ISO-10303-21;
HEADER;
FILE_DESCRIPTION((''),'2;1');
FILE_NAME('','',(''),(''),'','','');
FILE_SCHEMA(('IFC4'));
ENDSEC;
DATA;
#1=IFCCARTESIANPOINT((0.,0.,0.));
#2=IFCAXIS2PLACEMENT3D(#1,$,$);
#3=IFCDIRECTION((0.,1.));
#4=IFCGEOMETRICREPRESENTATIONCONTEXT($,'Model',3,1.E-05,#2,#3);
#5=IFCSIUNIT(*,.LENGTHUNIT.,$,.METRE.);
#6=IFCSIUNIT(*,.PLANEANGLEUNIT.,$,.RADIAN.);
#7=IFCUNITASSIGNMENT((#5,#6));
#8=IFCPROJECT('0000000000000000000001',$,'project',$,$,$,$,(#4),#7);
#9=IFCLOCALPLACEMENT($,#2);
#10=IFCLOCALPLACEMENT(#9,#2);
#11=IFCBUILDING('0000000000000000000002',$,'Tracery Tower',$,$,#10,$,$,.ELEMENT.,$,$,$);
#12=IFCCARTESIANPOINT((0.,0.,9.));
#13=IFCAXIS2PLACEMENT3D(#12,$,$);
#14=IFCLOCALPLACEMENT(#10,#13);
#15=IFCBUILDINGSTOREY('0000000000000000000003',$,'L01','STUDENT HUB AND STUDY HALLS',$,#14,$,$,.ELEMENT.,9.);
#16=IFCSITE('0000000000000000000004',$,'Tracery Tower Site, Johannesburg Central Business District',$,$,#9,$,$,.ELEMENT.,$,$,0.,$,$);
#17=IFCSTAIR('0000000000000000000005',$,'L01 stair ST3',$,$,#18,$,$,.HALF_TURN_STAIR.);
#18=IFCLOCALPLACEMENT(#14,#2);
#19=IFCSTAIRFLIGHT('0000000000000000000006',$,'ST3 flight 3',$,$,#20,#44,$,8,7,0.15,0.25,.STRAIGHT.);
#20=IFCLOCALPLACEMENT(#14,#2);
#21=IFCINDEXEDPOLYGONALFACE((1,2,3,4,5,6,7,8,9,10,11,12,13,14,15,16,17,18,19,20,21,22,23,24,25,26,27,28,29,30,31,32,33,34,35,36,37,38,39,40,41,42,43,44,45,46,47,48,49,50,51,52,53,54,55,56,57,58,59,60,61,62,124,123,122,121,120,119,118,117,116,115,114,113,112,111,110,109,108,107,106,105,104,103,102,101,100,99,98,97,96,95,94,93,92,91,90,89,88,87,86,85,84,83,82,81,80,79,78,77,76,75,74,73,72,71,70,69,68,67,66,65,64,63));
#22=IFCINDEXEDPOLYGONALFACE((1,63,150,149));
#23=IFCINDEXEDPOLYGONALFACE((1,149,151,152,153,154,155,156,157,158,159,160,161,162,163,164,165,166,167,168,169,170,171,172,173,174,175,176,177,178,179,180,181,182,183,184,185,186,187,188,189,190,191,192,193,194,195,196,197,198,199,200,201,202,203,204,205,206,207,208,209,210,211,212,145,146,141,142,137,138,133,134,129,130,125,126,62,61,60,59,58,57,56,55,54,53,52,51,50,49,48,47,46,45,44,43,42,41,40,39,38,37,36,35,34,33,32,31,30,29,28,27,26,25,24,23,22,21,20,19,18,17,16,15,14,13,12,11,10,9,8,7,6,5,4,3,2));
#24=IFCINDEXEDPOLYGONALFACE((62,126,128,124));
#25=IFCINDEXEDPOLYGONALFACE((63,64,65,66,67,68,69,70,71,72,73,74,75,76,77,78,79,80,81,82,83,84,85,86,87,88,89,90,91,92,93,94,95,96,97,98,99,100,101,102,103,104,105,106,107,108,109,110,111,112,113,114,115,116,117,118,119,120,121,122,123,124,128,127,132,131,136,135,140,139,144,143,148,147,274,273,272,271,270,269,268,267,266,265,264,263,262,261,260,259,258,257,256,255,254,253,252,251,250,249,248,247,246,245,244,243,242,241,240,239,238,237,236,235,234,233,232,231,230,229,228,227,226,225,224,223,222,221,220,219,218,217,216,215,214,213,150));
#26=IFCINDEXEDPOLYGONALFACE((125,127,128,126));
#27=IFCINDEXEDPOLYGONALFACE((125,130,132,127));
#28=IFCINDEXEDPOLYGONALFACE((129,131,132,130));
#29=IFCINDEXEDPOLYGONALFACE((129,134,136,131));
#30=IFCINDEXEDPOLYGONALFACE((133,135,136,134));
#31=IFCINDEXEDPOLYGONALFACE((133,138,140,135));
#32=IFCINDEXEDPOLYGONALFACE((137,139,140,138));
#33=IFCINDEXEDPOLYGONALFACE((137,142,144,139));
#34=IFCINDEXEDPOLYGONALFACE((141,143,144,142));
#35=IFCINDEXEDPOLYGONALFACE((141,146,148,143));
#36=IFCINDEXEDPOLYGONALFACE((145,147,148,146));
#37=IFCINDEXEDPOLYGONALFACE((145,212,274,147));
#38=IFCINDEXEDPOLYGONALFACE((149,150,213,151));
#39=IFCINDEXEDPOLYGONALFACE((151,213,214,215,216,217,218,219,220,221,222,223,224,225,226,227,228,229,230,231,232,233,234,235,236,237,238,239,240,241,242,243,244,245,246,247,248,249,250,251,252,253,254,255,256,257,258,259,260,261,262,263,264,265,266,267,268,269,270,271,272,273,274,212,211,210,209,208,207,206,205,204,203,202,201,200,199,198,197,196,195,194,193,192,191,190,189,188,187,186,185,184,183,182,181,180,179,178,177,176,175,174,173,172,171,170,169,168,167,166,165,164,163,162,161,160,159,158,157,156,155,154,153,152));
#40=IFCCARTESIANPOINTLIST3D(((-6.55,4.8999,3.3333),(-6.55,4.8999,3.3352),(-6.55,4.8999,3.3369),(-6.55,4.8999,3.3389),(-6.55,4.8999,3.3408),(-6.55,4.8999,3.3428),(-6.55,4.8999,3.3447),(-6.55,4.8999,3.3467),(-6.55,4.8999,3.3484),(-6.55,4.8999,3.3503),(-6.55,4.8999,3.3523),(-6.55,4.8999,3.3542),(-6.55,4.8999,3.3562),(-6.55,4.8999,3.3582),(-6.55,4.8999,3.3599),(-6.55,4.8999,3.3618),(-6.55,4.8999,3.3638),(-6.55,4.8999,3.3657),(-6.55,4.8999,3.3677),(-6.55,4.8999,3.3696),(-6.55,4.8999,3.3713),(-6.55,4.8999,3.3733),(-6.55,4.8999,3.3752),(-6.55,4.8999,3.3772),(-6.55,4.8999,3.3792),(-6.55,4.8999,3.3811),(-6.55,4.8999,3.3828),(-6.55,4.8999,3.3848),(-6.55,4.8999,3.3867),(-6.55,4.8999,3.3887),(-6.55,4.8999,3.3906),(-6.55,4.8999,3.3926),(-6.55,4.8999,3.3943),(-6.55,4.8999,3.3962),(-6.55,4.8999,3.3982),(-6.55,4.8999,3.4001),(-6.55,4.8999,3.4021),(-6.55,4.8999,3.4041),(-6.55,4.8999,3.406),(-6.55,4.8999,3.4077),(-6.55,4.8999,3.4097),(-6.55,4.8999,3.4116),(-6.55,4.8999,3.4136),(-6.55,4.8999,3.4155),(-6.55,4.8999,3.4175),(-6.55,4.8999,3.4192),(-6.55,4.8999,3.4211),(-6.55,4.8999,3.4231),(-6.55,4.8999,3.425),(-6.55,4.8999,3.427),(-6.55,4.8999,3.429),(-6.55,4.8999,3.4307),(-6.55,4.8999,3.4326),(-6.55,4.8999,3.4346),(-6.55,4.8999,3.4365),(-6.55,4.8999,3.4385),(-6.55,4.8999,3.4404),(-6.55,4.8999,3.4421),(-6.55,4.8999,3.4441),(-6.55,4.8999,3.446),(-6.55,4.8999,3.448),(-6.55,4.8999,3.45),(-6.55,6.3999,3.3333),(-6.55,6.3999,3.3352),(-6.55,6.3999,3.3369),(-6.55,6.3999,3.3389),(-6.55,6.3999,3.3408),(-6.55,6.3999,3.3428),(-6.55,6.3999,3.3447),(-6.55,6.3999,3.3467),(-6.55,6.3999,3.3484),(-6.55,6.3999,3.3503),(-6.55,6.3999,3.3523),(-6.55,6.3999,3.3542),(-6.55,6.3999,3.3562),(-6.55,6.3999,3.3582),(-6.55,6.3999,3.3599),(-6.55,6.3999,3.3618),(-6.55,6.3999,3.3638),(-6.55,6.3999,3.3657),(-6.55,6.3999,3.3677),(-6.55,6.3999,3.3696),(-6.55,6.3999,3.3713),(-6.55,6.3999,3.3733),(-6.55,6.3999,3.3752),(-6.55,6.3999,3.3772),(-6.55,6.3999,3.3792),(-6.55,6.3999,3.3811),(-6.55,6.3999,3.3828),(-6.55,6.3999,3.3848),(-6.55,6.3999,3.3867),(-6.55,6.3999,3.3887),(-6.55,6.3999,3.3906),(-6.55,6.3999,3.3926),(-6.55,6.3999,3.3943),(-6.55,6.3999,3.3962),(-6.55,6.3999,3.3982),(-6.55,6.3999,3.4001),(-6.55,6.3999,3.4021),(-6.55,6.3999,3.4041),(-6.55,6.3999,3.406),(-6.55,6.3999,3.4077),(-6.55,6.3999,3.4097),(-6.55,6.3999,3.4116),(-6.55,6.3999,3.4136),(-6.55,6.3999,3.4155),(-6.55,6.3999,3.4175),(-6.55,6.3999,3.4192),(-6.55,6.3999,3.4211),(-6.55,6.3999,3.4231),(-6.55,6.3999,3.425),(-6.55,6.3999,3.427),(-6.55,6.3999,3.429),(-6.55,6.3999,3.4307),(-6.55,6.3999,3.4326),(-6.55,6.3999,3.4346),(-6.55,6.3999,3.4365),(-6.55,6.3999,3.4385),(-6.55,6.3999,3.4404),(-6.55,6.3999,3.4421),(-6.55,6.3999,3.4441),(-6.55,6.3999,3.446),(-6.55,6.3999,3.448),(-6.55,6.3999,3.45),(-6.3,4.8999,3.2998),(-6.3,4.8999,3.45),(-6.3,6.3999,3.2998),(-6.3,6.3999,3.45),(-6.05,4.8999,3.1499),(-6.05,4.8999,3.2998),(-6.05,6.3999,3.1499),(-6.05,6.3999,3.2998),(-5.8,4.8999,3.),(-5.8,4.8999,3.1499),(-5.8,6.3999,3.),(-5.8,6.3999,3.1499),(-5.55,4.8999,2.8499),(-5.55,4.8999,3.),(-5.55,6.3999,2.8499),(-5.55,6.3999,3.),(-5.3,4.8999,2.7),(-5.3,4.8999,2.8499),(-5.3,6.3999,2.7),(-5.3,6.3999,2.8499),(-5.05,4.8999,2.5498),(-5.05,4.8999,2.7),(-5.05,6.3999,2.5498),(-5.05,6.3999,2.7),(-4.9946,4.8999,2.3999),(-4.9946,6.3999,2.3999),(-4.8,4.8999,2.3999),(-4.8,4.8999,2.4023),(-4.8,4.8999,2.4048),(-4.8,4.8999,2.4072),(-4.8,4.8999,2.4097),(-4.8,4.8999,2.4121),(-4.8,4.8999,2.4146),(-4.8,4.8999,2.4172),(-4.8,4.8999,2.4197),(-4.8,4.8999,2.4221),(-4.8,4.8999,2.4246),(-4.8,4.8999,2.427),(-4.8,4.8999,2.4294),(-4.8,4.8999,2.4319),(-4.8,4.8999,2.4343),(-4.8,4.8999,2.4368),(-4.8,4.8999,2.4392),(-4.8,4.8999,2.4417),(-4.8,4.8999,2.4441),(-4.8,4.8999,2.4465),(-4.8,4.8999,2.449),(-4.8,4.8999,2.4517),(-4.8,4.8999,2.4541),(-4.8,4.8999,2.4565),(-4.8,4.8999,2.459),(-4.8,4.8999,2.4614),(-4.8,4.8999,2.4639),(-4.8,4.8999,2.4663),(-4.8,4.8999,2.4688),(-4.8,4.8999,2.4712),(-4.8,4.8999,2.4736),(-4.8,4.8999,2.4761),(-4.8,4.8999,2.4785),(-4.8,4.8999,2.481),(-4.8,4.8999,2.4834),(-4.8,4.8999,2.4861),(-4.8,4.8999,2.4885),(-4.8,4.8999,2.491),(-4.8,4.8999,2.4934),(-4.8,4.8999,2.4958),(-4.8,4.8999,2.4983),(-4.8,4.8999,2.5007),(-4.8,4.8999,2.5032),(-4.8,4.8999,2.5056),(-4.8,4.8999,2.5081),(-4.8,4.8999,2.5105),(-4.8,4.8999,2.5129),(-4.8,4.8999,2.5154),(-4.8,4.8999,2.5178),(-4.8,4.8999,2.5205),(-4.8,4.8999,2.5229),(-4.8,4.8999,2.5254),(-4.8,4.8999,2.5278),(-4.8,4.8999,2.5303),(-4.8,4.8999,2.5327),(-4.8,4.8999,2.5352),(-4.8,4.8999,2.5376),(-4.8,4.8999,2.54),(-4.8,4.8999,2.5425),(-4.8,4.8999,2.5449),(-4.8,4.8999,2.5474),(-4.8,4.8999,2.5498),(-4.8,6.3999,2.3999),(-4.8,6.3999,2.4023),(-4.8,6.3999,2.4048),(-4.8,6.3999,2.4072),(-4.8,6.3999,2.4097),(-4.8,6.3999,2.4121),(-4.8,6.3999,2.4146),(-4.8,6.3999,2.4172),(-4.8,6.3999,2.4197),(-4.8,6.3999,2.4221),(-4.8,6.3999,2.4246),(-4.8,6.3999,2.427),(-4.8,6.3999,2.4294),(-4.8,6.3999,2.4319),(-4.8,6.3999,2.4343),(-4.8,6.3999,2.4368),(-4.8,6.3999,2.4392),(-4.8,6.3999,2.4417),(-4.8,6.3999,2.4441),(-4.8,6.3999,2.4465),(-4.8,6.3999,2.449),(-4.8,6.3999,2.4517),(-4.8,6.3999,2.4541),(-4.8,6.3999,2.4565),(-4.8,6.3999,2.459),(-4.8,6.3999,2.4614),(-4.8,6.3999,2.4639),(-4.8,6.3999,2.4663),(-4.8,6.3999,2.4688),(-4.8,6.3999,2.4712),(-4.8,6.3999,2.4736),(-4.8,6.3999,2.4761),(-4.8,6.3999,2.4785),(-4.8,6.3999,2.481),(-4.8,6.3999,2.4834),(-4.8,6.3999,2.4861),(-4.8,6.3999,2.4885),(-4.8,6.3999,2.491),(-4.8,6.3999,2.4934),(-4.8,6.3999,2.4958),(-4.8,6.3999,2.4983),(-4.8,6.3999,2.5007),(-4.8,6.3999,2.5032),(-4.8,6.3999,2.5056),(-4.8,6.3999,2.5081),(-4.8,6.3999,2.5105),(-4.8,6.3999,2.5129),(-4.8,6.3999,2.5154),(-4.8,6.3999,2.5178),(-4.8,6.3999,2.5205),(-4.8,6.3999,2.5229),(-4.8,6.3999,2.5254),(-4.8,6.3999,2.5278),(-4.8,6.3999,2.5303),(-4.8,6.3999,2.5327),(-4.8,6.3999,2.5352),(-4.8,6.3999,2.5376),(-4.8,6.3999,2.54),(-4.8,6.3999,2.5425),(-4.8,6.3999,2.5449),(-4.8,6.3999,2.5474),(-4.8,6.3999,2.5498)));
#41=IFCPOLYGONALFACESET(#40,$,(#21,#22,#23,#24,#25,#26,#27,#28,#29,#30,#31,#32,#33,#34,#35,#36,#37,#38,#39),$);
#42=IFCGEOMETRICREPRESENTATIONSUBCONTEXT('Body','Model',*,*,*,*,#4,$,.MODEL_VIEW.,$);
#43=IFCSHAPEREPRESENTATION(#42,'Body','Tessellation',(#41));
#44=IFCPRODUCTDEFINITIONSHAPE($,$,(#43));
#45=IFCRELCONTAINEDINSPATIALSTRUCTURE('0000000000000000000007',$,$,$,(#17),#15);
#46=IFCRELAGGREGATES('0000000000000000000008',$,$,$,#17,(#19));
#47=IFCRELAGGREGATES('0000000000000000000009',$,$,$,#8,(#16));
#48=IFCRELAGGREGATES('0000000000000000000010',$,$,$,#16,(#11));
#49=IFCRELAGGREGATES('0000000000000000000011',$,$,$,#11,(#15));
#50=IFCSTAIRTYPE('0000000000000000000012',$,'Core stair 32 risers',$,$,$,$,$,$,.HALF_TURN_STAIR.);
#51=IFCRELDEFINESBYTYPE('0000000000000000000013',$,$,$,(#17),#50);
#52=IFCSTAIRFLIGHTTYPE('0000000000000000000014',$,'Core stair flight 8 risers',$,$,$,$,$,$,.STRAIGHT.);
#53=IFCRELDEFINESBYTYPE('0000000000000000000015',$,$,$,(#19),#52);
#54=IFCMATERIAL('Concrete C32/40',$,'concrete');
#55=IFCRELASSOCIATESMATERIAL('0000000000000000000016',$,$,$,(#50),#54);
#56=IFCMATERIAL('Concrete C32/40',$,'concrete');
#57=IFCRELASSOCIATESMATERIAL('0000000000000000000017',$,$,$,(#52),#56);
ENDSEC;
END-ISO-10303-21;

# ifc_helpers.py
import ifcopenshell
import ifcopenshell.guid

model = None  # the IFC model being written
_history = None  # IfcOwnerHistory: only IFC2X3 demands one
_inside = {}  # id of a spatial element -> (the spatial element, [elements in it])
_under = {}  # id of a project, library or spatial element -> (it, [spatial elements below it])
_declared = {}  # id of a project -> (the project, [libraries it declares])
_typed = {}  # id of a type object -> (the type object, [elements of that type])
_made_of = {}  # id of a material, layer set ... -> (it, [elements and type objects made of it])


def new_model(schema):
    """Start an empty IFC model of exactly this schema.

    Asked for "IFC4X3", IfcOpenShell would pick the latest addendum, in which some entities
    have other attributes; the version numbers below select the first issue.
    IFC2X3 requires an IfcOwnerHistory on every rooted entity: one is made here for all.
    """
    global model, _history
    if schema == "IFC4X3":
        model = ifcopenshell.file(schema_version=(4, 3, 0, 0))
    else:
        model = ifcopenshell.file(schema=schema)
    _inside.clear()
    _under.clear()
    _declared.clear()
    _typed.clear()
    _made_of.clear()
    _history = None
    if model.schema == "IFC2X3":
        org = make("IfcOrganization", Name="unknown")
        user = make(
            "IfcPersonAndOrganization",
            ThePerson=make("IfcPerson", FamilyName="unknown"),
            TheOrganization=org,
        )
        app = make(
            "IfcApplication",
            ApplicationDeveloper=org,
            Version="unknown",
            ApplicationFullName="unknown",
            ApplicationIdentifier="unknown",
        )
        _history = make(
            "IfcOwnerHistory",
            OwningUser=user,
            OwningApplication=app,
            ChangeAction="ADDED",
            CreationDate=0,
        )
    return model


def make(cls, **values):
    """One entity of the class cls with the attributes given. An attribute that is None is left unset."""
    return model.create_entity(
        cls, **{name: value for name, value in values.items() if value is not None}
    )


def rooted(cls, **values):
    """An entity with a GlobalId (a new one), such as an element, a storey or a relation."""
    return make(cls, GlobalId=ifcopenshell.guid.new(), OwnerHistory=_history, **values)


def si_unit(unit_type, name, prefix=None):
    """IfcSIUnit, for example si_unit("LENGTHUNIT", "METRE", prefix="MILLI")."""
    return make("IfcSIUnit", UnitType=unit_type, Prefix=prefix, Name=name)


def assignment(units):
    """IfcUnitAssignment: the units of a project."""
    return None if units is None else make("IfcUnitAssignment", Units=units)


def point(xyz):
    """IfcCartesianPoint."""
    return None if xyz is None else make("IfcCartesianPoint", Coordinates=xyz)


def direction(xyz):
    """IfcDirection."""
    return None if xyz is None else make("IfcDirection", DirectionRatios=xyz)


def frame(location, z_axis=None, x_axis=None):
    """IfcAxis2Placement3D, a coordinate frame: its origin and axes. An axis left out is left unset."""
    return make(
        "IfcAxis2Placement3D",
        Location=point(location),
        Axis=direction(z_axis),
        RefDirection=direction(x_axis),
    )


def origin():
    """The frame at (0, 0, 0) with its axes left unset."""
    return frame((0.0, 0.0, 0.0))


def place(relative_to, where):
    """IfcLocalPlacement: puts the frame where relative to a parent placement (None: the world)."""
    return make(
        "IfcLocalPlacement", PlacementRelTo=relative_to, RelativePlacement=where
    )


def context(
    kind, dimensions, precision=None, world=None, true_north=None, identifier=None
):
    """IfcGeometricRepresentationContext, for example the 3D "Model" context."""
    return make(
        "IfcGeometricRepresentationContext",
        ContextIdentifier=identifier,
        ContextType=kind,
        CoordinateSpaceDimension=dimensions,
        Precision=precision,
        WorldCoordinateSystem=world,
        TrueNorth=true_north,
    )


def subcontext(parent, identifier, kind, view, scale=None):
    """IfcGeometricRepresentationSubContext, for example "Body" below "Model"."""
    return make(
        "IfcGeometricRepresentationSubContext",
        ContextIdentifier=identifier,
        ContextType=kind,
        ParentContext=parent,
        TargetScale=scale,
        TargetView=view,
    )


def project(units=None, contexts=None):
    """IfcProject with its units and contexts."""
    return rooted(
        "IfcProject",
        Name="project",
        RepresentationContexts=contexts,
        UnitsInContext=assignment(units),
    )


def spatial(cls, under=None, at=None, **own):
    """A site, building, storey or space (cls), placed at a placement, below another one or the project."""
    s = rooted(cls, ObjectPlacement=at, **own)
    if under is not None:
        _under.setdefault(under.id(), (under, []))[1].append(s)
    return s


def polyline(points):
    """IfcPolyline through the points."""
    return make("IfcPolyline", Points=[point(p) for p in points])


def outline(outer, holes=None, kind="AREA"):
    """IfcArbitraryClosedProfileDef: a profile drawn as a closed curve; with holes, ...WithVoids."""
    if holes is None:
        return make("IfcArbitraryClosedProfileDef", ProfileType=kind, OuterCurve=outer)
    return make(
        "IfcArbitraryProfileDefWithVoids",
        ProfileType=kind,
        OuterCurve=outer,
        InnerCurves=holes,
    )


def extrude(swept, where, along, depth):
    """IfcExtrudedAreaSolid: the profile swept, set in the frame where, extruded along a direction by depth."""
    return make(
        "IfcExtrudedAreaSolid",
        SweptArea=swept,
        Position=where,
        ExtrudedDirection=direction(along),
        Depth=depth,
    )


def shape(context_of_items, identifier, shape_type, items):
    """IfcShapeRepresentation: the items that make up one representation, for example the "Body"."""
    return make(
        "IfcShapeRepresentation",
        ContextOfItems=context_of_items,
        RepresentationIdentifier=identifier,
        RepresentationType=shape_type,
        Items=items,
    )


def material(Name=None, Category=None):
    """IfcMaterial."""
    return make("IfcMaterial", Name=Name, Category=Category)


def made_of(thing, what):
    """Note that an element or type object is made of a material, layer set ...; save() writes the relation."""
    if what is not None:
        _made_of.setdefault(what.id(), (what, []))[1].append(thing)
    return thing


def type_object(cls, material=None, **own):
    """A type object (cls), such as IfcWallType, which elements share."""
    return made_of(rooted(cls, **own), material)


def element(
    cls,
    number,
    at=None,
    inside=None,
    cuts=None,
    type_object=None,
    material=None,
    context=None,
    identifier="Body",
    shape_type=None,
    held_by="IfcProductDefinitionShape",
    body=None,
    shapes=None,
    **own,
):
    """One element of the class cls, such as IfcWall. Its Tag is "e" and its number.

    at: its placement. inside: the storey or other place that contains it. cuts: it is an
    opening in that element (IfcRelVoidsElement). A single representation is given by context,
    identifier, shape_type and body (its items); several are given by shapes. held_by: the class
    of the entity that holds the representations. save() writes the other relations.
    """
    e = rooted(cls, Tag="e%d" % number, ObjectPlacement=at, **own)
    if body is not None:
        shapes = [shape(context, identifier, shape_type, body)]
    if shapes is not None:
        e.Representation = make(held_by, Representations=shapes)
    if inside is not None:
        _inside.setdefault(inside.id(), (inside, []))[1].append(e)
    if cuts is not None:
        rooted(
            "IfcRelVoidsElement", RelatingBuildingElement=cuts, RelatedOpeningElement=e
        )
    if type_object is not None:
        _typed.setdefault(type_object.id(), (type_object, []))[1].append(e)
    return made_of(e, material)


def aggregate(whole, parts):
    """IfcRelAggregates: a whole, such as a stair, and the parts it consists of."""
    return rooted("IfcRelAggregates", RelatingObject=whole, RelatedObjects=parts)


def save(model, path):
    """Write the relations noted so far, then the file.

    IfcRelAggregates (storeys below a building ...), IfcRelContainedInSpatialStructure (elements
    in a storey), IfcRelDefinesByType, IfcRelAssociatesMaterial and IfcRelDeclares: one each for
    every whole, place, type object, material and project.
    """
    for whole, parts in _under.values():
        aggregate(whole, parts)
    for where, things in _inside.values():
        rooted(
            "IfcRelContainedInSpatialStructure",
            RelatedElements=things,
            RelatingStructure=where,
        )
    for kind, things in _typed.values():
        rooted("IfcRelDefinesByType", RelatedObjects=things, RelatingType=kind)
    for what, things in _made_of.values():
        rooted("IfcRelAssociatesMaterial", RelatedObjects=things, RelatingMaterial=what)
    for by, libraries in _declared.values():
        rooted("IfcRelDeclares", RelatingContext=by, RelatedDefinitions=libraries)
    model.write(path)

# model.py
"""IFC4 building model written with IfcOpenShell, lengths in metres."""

from ifc_helpers import new_model, si_unit, direction, frame, origin, place, context, subcontext, project, spatial, polyline, outline, extrude, material, type_object, element, aggregate, save


model = new_model("IFC4")

# Units and contexts
model_context = context("Model", 3, precision=1e-05, world=origin(), true_north=direction((0.0, 1.0)))
body_context = subcontext(model_context, "Body", "Model", "MODEL_VIEW")
ifc_project = project(units=[si_unit("LENGTHUNIT", "METRE"), si_unit("PLANEANGLEUNIT", "RADIAN")], contexts=[model_context])

# Site, building, storey
site_placement = place(None, origin())
site = spatial("IfcSite", under=ifc_project, at=site_placement, Name="Tracery Tower Site, Johannesburg Central Business District", CompositionType="ELEMENT", RefElevation=0.0)
building_placement = place(site_placement, origin())
building = spatial("IfcBuilding", under=site, at=building_placement, Name="Tracery Tower", CompositionType="ELEMENT")
storey_placement = place(building_placement, frame((0.0, 0.0, 9.0)))
storey = spatial("IfcBuildingStorey", under=building, at=storey_placement, Name="L01", Description="STUDENT HUB AND STUDY HALLS", CompositionType="ELEMENT", Elevation=9.0)

# Stair, stair flight
ifc_material_1 = material(Name="Concrete C32/40", Category="concrete")
stair_type = type_object("IfcStairType", Name="Core stair 32 risers", PredefinedType="HALF_TURN_STAIR", material=ifc_material_1)
stair_placement = place(storey_placement, origin())
stair = element("IfcStair", 1, at=stair_placement, inside=storey, type_object=stair_type, Name="L01 stair ST3", PredefinedType="HALF_TURN_STAIR")
ifc_material_2 = material(Name="Concrete C32/40", Category="concrete")
stair_flight_type = type_object("IfcStairFlightType", Name="Core stair flight 8 risers", PredefinedType="STRAIGHT", material=ifc_material_2)
stair_flight_1_placement = place(storey_placement, frame((-4.8, 5.6499, 2.3999), z_axis=(0.0, 0.0, 1.0), x_axis=(-1.0, 0.0, 0.0)))
stair_flight_1 = element("IfcStairFlight", 2, at=stair_flight_1_placement, type_object=stair_flight_type, Name="ST3 flight 3", NumberOfRisers=8, NumberOfTreads=7, PredefinedType="STRAIGHT", RiserHeight=0.15, TreadLength=0.25, context=body_context, shape_type="SweptSolid", body=[
    extrude(outline(polyline([(0.0, 0.0), (0.0, 0.0024), (0.0, 0.0049), (0.0, 0.0073), (0.0, 0.0098), (0.0, 0.0122), (0.0, 0.0146), (0.0, 0.0173), (0.0, 0.0198), (0.0, 0.0222), (0.0, 0.0247), (0.0, 0.0271), (0.0, 0.0295), (0.0, 0.032), (0.0, 0.0344), (0.0, 0.0369), (0.0, 0.0393), (0.0, 0.0417), (0.0, 0.0442), (0.0, 0.0466), (0.0, 0.0491), (0.0, 0.0518), (0.0, 0.0542), (0.0, 0.0566), (0.0, 0.0591), (0.0, 0.0615), (0.0, 0.064), (0.0, 0.0664), (0.0, 0.0688), (0.0, 0.0713), (0.0, 0.0737), (0.0, 0.0762), (0.0, 0.0786), (0.0, 0.0811), (0.0, 0.0835), (0.0, 0.0862), (0.0, 0.0886), (0.0, 0.0911), (0.0, 0.0935), (0.0, 0.0959), (0.0, 0.0984), (0.0, 0.1008), (0.0, 0.1033), (0.0, 0.1057), (0.0, 0.1082), (0.0, 0.1106), (0.0, 0.113), (0.0, 0.1155), (0.0, 0.1179), (0.0, 0.1206), (0.0, 0.123), (0.0, 0.1255), (0.0, 0.1279), (0.0, 0.1304), (0.0, 0.1328), (0.0, 0.1353), (0.0, 0.1377), (0.0, 0.1401), (0.0, 0.1426), (0.0, 0.145), (0.0, 0.1475), (0.0, 0.1499), (0.25, 0.1499), (0.25, 0.3), (0.5, 0.3), (0.5, 0.45), (0.75, 0.45), (0.75, 0.6001), (1.0, 0.6001), (1.0, 0.75), (1.25, 0.75), (1.25, 0.8999), (1.5, 0.8999), (1.5, 1.05), (1.75, 1.05), (1.75, 1.0481), (1.75, 1.0461), (1.75, 1.0442), (1.75, 1.0422), (1.75, 1.0405), (1.75, 1.0386), (1.75, 1.0366), (1.75, 1.0347), (1.75, 1.0327), (1.75, 1.0308), (1.75, 1.0291), (1.75, 1.0271), (1.75, 1.0251), (1.75, 1.0232), (1.75, 1.0212), (1.75, 1.0193), (1.75, 1.0176), (1.75, 1.0156), (1.75, 1.0137), (1.75, 1.0117), (1.75, 1.0098), (1.75, 1.0078), (1.75, 1.0061), (1.75, 1.0042), (1.75, 1.0022), (1.75, 1.0002), (1.75, 0.9983), (1.75, 0.9963), (1.75, 0.9944), (1.75, 0.9927), (1.75, 0.9907), (1.75, 0.9888), (1.75, 0.9868), (1.75, 0.9849), (1.75, 0.9829), (1.75, 0.9812), (1.75, 0.9792), (1.75, 0.9773), (1.75, 0.9753), (1.75, 0.9734), (1.75, 0.9714), (1.75, 0.9697), (1.75, 0.9678), (1.75, 0.9658), (1.75, 0.9639), (1.75, 0.9619), (1.75, 0.96), (1.75, 0.9583), (1.75, 0.9563), (1.75, 0.9543), (1.75, 0.9524), (1.75, 0.9504), (1.75, 0.9485), (1.75, 0.9468), (1.75, 0.9448), (1.75, 0.9429), (1.75, 0.9409), (1.75, 0.939), (1.75, 0.937), (1.75, 0.9353), (1.75, 0.9333), (0.1946, 0.0), (0.0, 0.0)])), frame((0.0, 0.75, 0.0), z_axis=(0.0, -1.0, 0.0), x_axis=(1.0, 0.0, 0.0)), (0.0, 0.0, 1.0), 1.5),
])
aggregate(stair, [stair_flight_1])

save(model, "model.ifc")
